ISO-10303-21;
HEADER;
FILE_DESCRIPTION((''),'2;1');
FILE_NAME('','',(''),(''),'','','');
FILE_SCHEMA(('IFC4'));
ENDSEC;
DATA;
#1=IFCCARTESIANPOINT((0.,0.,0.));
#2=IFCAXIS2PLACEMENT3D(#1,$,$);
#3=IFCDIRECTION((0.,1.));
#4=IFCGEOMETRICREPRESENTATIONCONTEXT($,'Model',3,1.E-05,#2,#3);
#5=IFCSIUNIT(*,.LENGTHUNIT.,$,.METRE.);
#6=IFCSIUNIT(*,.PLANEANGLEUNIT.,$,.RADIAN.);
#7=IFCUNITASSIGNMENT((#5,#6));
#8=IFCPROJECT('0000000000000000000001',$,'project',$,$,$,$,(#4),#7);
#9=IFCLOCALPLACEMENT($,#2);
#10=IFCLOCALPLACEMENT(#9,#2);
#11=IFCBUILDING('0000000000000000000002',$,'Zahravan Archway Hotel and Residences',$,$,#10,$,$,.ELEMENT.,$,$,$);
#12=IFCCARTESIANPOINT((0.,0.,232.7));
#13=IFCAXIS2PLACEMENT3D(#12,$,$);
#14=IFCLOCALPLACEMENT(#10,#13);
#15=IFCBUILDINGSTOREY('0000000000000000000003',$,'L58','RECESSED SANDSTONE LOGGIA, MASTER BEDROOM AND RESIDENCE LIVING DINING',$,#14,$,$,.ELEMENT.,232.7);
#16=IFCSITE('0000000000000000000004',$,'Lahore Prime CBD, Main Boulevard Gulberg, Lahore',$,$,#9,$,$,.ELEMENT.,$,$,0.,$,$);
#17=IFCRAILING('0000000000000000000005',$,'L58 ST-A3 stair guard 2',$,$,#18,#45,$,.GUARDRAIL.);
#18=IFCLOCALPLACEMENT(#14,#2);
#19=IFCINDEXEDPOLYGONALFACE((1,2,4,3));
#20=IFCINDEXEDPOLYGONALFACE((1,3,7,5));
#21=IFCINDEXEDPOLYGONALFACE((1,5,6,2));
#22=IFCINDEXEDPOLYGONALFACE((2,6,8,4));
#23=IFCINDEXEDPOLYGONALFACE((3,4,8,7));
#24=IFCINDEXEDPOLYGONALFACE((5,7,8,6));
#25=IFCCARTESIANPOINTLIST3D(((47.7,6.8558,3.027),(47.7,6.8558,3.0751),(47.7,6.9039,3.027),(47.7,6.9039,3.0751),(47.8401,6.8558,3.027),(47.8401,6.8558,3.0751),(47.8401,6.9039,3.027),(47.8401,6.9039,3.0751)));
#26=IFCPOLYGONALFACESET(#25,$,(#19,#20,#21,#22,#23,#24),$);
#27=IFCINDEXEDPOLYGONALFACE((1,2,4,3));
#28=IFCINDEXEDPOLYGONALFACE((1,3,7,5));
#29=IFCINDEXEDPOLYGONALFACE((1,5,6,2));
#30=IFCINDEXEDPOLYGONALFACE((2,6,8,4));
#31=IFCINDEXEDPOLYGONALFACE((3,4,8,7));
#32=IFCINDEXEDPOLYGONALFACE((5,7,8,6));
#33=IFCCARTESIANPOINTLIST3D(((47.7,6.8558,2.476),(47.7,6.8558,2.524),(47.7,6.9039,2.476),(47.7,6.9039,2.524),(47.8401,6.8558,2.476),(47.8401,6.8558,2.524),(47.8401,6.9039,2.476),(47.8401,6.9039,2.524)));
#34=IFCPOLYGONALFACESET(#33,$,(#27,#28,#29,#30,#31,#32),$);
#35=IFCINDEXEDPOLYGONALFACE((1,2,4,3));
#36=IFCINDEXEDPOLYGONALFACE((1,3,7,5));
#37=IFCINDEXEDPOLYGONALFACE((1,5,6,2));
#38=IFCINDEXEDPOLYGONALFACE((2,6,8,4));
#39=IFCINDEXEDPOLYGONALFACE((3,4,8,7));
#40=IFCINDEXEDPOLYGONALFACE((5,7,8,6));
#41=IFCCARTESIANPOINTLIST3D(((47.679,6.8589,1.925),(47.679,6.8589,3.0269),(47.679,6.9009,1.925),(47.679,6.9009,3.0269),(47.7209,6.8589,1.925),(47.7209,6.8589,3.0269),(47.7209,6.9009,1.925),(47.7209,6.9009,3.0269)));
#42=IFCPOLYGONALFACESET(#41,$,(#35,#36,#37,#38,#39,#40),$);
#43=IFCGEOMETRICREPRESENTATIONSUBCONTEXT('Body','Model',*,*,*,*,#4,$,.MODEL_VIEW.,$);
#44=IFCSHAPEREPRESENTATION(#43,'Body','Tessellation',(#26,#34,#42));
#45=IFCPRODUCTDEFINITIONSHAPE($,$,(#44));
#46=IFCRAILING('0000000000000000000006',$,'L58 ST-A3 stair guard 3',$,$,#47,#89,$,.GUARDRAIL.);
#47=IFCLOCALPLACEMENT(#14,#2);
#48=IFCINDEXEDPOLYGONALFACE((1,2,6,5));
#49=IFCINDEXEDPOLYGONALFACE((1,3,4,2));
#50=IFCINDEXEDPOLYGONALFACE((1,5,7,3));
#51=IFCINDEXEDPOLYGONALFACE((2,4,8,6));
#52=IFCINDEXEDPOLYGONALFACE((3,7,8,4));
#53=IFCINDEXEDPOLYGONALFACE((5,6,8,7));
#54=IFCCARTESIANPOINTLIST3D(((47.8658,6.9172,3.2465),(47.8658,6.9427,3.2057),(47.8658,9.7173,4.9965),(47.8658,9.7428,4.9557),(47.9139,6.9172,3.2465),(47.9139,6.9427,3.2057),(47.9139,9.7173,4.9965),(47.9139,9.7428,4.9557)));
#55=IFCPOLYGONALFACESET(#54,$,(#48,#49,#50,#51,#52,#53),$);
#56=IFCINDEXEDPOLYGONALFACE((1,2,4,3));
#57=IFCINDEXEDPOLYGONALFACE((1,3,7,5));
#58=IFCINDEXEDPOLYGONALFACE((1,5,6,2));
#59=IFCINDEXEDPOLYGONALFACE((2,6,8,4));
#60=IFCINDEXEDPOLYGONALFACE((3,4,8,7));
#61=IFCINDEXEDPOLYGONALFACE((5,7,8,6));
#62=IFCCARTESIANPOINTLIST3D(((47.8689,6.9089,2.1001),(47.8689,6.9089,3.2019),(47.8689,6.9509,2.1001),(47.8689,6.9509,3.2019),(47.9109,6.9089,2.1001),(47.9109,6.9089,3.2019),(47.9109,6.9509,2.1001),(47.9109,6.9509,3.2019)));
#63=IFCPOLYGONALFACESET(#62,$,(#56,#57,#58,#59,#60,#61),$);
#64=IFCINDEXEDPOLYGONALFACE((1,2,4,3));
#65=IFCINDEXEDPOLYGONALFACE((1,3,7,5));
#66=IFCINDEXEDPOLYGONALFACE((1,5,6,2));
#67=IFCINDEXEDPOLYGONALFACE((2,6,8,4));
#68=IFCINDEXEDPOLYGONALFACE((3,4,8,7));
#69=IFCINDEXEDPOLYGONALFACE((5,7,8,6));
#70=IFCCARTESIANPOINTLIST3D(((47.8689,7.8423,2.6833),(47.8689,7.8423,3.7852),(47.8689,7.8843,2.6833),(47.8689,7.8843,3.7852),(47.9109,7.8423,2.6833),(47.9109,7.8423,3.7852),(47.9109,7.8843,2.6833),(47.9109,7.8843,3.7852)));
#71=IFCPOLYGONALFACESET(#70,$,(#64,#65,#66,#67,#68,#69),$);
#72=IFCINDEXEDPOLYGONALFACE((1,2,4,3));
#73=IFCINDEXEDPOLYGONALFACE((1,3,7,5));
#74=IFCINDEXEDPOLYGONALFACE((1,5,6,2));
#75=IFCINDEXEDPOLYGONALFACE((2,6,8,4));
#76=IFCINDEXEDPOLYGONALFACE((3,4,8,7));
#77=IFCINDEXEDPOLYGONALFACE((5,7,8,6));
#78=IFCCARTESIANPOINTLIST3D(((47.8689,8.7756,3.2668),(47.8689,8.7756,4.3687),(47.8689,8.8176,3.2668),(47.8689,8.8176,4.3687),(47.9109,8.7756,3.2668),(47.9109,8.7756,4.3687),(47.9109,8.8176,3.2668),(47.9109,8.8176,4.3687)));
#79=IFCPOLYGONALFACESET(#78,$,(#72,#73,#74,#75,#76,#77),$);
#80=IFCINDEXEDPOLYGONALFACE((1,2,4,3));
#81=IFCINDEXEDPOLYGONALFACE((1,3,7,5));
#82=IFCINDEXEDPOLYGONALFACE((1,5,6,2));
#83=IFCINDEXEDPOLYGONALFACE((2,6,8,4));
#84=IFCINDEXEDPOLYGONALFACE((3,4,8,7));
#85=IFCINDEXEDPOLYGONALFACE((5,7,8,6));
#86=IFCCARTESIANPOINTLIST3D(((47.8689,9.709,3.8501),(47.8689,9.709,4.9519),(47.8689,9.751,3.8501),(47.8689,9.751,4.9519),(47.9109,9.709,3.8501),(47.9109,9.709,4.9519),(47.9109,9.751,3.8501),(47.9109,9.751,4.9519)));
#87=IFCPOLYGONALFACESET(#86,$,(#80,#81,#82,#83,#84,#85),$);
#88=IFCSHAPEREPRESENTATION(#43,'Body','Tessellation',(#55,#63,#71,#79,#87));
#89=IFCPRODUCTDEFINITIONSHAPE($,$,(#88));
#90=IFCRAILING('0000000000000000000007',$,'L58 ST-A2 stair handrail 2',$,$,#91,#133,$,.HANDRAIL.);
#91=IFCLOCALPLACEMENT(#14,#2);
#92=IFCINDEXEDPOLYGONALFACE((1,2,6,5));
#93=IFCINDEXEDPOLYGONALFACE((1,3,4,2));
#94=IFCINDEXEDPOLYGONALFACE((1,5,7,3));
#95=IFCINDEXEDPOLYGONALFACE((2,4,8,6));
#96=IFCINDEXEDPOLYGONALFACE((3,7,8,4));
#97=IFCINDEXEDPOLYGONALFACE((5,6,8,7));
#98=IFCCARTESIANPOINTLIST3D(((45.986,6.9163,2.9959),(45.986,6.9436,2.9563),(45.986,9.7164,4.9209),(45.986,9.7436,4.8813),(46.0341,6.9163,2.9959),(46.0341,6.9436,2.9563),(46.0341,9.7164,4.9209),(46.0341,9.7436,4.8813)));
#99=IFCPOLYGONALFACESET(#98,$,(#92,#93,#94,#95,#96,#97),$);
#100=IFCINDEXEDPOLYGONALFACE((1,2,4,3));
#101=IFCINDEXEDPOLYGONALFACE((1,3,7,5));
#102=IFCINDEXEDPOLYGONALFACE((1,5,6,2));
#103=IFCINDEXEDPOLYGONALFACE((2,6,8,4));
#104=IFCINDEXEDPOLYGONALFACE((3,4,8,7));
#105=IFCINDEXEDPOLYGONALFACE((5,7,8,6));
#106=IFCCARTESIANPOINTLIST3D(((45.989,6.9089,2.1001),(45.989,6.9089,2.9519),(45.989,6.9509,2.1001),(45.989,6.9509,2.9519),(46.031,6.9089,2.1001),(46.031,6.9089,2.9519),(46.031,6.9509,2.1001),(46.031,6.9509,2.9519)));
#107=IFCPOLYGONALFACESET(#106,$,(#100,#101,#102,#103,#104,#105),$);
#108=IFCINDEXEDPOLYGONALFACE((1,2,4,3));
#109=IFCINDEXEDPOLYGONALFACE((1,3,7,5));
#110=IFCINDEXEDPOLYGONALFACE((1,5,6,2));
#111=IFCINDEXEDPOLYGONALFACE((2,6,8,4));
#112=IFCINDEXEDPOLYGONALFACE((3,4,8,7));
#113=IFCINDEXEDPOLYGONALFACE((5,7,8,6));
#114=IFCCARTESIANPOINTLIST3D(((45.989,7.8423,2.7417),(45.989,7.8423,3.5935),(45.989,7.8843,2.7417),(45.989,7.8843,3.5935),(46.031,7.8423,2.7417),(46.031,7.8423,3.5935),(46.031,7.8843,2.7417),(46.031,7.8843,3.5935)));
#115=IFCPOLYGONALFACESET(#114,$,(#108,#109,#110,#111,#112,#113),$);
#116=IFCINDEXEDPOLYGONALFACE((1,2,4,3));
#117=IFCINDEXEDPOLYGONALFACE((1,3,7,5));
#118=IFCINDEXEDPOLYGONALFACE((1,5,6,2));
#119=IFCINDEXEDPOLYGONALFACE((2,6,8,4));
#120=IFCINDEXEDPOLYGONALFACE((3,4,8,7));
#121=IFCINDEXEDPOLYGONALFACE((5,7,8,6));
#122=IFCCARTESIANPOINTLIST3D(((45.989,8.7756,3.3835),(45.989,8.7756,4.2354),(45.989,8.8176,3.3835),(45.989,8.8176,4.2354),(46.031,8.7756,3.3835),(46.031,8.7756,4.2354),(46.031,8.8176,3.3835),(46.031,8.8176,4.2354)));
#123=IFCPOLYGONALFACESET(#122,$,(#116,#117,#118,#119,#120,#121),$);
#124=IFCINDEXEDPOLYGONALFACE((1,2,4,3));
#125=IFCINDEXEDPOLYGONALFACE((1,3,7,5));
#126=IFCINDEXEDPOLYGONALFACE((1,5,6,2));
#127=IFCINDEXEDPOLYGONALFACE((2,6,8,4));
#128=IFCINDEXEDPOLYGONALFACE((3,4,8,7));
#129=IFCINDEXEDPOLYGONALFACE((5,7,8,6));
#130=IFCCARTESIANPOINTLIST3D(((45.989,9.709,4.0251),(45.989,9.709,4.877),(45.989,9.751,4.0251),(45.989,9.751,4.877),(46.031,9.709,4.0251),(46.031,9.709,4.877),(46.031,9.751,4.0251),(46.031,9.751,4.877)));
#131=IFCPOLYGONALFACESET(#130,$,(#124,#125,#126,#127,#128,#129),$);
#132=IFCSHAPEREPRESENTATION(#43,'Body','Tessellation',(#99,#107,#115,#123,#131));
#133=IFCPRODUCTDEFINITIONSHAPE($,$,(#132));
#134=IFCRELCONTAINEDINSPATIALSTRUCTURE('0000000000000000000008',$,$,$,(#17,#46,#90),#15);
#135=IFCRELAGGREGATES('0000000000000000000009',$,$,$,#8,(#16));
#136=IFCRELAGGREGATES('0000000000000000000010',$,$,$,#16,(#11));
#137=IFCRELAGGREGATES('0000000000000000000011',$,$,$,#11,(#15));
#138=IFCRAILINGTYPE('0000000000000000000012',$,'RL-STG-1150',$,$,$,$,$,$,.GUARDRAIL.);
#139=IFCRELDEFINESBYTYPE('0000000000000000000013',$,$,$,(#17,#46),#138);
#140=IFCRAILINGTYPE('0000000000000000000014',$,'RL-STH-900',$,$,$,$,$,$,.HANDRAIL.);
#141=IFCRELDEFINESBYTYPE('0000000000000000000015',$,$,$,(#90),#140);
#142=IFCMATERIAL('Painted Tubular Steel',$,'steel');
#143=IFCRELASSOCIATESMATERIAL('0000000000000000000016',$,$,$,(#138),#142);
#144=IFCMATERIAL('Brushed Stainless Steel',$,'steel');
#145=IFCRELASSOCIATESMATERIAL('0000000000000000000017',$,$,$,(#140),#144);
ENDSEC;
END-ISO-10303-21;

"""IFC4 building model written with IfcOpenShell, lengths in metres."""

from ifc_helpers import new_model, si_unit, direction, frame, origin, origin_2d, place, context, subcontext, project, spatial, rectangle, extrude, material, type_object, element, save


model = new_model("IFC4")

# Units and contexts
model_context = context("Model", 3, precision=1e-05, world=origin(), true_north=direction((0.0, 1.0)))
body_context = subcontext(model_context, "Body", "Model", "MODEL_VIEW")
ifc_project = project(units=[si_unit("LENGTHUNIT", "METRE"), si_unit("PLANEANGLEUNIT", "RADIAN")], contexts=[model_context])

# Site, building, storey
site_placement = place(None, origin())
site = spatial("IfcSite", under=ifc_project, at=site_placement, Name="Lahore Prime CBD, Main Boulevard Gulberg, Lahore", CompositionType="ELEMENT", RefElevation=0.0)
building_placement = place(site_placement, origin())
building = spatial("IfcBuilding", under=site, at=building_placement, Name="Zahravan Archway Hotel and Residences", CompositionType="ELEMENT")
storey_placement = place(building_placement, frame((0.0, 0.0, 232.7)))
storey = spatial("IfcBuildingStorey", under=building, at=storey_placement, Name="L58", Description="RECESSED SANDSTONE LOGGIA, MASTER BEDROOM AND RESIDENCE LIVING DINING", CompositionType="ELEMENT", Elevation=232.7)

# Railings
ifc_material_1 = material(Name="Painted Tubular Steel", Category="steel")
railing_type_1 = type_object("IfcRailingType", Name="RL-STG-1150", PredefinedType="GUARDRAIL", material=ifc_material_1)
railing_1_placement = place(storey_placement, frame((47.7, 6.8799, 1.925)))
element("IfcRailing", 1, at=railing_1_placement, inside=storey, type_object=railing_type_1, Name="L58 ST-A3 stair guard 2", PredefinedType="GUARDRAIL", context=body_context, shape_type="SweptSolid", body=[
    extrude(rectangle(XDim=0.0481, YDim=0.0481, at=origin_2d()), frame((0.0, 0.0, 1.126), z_axis=(1.0, 0.0, 0.0), x_axis=(0.0, 1.0, 0.0)), (0.0, 0.0, 1.0), 0.1401),
    extrude(rectangle(XDim=0.0481, YDim=0.0481, at=origin_2d()), frame((0.0, 0.0, 0.575), z_axis=(1.0, 0.0, 0.0), x_axis=(0.0, 1.0, 0.0)), (0.0, 0.0, 1.0), 0.1401),
    extrude(rectangle(XDim=0.042, YDim=0.042, at=origin_2d()), origin(), (0.0, 0.0, 1.0), 1.1018),
])
railing_2_placement = place(storey_placement, frame((47.8899, 6.9299, 2.1001)))
element("IfcRailing", 2, at=railing_2_placement, inside=storey, type_object=railing_type_1, Name="L58 ST-A3 stair guard 3", PredefinedType="GUARDRAIL", context=body_context, shape_type="SweptSolid", body=[
    extrude(rectangle(XDim=0.0481, YDim=0.0481, at=origin_2d()), frame((0.0, 0.0, 1.126), z_axis=(0.0, 0.848002, 0.529992), x_axis=(-1.0, 0.0, 0.0)), (0.0, 0.0, 1.0), 3.302),
    extrude(rectangle(XDim=0.042, YDim=0.042, at=origin_2d()), origin(), (0.0, 0.0, 1.0), 1.1018),
    extrude(rectangle(XDim=0.042, YDim=0.042, at=origin_2d()), frame((0.0, 0.9333, 0.5833)), (0.0, 0.0, 1.0), 1.1018),
    extrude(rectangle(XDim=0.042, YDim=0.042, at=origin_2d()), frame((0.0, 1.8667, 1.1667)), (0.0, 0.0, 1.0), 1.1018),
    extrude(rectangle(XDim=0.042, YDim=0.042, at=origin_2d()), frame((0.0, 2.8, 1.75)), (0.0, 0.0, 1.0), 1.1018),
])
ifc_material_2 = material(Name="Brushed Stainless Steel", Category="steel")
railing_type_2 = type_object("IfcRailingType", Name="RL-STH-900", PredefinedType="HANDRAIL", material=ifc_material_2)
railing_3_placement = place(storey_placement, frame((46.01, 6.9299, 2.1001)))
element("IfcRailing", 3, at=railing_3_placement, inside=storey, type_object=railing_type_2, Name="L58 ST-A2 stair handrail 2", PredefinedType="HANDRAIL", context=body_context, shape_type="SweptSolid", body=[
    extrude(rectangle(XDim=0.0481, YDim=0.0481, at=origin_2d()), frame((0.0, 0.0, 0.876), z_axis=(0.0, 0.82404, 0.566532), x_axis=(-1.0, 0.0, 0.0)), (0.0, 0.0, 1.0), 3.3979),
    extrude(rectangle(XDim=0.042, YDim=0.042, at=origin_2d()), origin(), (0.0, 0.0, 1.0), 0.8518),
    extrude(rectangle(XDim=0.042, YDim=0.042, at=origin_2d()), frame((0.0, 0.9333, 0.6416)), (0.0, 0.0, 1.0), 0.8518),
    extrude(rectangle(XDim=0.042, YDim=0.042, at=origin_2d()), frame((0.0, 1.8667, 1.2834)), (0.0, 0.0, 1.0), 0.8518),
    extrude(rectangle(XDim=0.042, YDim=0.042, at=origin_2d()), frame((0.0, 2.8, 1.925)), (0.0, 0.0, 1.0), 0.8518),
])

save(model, "model.ifc")
